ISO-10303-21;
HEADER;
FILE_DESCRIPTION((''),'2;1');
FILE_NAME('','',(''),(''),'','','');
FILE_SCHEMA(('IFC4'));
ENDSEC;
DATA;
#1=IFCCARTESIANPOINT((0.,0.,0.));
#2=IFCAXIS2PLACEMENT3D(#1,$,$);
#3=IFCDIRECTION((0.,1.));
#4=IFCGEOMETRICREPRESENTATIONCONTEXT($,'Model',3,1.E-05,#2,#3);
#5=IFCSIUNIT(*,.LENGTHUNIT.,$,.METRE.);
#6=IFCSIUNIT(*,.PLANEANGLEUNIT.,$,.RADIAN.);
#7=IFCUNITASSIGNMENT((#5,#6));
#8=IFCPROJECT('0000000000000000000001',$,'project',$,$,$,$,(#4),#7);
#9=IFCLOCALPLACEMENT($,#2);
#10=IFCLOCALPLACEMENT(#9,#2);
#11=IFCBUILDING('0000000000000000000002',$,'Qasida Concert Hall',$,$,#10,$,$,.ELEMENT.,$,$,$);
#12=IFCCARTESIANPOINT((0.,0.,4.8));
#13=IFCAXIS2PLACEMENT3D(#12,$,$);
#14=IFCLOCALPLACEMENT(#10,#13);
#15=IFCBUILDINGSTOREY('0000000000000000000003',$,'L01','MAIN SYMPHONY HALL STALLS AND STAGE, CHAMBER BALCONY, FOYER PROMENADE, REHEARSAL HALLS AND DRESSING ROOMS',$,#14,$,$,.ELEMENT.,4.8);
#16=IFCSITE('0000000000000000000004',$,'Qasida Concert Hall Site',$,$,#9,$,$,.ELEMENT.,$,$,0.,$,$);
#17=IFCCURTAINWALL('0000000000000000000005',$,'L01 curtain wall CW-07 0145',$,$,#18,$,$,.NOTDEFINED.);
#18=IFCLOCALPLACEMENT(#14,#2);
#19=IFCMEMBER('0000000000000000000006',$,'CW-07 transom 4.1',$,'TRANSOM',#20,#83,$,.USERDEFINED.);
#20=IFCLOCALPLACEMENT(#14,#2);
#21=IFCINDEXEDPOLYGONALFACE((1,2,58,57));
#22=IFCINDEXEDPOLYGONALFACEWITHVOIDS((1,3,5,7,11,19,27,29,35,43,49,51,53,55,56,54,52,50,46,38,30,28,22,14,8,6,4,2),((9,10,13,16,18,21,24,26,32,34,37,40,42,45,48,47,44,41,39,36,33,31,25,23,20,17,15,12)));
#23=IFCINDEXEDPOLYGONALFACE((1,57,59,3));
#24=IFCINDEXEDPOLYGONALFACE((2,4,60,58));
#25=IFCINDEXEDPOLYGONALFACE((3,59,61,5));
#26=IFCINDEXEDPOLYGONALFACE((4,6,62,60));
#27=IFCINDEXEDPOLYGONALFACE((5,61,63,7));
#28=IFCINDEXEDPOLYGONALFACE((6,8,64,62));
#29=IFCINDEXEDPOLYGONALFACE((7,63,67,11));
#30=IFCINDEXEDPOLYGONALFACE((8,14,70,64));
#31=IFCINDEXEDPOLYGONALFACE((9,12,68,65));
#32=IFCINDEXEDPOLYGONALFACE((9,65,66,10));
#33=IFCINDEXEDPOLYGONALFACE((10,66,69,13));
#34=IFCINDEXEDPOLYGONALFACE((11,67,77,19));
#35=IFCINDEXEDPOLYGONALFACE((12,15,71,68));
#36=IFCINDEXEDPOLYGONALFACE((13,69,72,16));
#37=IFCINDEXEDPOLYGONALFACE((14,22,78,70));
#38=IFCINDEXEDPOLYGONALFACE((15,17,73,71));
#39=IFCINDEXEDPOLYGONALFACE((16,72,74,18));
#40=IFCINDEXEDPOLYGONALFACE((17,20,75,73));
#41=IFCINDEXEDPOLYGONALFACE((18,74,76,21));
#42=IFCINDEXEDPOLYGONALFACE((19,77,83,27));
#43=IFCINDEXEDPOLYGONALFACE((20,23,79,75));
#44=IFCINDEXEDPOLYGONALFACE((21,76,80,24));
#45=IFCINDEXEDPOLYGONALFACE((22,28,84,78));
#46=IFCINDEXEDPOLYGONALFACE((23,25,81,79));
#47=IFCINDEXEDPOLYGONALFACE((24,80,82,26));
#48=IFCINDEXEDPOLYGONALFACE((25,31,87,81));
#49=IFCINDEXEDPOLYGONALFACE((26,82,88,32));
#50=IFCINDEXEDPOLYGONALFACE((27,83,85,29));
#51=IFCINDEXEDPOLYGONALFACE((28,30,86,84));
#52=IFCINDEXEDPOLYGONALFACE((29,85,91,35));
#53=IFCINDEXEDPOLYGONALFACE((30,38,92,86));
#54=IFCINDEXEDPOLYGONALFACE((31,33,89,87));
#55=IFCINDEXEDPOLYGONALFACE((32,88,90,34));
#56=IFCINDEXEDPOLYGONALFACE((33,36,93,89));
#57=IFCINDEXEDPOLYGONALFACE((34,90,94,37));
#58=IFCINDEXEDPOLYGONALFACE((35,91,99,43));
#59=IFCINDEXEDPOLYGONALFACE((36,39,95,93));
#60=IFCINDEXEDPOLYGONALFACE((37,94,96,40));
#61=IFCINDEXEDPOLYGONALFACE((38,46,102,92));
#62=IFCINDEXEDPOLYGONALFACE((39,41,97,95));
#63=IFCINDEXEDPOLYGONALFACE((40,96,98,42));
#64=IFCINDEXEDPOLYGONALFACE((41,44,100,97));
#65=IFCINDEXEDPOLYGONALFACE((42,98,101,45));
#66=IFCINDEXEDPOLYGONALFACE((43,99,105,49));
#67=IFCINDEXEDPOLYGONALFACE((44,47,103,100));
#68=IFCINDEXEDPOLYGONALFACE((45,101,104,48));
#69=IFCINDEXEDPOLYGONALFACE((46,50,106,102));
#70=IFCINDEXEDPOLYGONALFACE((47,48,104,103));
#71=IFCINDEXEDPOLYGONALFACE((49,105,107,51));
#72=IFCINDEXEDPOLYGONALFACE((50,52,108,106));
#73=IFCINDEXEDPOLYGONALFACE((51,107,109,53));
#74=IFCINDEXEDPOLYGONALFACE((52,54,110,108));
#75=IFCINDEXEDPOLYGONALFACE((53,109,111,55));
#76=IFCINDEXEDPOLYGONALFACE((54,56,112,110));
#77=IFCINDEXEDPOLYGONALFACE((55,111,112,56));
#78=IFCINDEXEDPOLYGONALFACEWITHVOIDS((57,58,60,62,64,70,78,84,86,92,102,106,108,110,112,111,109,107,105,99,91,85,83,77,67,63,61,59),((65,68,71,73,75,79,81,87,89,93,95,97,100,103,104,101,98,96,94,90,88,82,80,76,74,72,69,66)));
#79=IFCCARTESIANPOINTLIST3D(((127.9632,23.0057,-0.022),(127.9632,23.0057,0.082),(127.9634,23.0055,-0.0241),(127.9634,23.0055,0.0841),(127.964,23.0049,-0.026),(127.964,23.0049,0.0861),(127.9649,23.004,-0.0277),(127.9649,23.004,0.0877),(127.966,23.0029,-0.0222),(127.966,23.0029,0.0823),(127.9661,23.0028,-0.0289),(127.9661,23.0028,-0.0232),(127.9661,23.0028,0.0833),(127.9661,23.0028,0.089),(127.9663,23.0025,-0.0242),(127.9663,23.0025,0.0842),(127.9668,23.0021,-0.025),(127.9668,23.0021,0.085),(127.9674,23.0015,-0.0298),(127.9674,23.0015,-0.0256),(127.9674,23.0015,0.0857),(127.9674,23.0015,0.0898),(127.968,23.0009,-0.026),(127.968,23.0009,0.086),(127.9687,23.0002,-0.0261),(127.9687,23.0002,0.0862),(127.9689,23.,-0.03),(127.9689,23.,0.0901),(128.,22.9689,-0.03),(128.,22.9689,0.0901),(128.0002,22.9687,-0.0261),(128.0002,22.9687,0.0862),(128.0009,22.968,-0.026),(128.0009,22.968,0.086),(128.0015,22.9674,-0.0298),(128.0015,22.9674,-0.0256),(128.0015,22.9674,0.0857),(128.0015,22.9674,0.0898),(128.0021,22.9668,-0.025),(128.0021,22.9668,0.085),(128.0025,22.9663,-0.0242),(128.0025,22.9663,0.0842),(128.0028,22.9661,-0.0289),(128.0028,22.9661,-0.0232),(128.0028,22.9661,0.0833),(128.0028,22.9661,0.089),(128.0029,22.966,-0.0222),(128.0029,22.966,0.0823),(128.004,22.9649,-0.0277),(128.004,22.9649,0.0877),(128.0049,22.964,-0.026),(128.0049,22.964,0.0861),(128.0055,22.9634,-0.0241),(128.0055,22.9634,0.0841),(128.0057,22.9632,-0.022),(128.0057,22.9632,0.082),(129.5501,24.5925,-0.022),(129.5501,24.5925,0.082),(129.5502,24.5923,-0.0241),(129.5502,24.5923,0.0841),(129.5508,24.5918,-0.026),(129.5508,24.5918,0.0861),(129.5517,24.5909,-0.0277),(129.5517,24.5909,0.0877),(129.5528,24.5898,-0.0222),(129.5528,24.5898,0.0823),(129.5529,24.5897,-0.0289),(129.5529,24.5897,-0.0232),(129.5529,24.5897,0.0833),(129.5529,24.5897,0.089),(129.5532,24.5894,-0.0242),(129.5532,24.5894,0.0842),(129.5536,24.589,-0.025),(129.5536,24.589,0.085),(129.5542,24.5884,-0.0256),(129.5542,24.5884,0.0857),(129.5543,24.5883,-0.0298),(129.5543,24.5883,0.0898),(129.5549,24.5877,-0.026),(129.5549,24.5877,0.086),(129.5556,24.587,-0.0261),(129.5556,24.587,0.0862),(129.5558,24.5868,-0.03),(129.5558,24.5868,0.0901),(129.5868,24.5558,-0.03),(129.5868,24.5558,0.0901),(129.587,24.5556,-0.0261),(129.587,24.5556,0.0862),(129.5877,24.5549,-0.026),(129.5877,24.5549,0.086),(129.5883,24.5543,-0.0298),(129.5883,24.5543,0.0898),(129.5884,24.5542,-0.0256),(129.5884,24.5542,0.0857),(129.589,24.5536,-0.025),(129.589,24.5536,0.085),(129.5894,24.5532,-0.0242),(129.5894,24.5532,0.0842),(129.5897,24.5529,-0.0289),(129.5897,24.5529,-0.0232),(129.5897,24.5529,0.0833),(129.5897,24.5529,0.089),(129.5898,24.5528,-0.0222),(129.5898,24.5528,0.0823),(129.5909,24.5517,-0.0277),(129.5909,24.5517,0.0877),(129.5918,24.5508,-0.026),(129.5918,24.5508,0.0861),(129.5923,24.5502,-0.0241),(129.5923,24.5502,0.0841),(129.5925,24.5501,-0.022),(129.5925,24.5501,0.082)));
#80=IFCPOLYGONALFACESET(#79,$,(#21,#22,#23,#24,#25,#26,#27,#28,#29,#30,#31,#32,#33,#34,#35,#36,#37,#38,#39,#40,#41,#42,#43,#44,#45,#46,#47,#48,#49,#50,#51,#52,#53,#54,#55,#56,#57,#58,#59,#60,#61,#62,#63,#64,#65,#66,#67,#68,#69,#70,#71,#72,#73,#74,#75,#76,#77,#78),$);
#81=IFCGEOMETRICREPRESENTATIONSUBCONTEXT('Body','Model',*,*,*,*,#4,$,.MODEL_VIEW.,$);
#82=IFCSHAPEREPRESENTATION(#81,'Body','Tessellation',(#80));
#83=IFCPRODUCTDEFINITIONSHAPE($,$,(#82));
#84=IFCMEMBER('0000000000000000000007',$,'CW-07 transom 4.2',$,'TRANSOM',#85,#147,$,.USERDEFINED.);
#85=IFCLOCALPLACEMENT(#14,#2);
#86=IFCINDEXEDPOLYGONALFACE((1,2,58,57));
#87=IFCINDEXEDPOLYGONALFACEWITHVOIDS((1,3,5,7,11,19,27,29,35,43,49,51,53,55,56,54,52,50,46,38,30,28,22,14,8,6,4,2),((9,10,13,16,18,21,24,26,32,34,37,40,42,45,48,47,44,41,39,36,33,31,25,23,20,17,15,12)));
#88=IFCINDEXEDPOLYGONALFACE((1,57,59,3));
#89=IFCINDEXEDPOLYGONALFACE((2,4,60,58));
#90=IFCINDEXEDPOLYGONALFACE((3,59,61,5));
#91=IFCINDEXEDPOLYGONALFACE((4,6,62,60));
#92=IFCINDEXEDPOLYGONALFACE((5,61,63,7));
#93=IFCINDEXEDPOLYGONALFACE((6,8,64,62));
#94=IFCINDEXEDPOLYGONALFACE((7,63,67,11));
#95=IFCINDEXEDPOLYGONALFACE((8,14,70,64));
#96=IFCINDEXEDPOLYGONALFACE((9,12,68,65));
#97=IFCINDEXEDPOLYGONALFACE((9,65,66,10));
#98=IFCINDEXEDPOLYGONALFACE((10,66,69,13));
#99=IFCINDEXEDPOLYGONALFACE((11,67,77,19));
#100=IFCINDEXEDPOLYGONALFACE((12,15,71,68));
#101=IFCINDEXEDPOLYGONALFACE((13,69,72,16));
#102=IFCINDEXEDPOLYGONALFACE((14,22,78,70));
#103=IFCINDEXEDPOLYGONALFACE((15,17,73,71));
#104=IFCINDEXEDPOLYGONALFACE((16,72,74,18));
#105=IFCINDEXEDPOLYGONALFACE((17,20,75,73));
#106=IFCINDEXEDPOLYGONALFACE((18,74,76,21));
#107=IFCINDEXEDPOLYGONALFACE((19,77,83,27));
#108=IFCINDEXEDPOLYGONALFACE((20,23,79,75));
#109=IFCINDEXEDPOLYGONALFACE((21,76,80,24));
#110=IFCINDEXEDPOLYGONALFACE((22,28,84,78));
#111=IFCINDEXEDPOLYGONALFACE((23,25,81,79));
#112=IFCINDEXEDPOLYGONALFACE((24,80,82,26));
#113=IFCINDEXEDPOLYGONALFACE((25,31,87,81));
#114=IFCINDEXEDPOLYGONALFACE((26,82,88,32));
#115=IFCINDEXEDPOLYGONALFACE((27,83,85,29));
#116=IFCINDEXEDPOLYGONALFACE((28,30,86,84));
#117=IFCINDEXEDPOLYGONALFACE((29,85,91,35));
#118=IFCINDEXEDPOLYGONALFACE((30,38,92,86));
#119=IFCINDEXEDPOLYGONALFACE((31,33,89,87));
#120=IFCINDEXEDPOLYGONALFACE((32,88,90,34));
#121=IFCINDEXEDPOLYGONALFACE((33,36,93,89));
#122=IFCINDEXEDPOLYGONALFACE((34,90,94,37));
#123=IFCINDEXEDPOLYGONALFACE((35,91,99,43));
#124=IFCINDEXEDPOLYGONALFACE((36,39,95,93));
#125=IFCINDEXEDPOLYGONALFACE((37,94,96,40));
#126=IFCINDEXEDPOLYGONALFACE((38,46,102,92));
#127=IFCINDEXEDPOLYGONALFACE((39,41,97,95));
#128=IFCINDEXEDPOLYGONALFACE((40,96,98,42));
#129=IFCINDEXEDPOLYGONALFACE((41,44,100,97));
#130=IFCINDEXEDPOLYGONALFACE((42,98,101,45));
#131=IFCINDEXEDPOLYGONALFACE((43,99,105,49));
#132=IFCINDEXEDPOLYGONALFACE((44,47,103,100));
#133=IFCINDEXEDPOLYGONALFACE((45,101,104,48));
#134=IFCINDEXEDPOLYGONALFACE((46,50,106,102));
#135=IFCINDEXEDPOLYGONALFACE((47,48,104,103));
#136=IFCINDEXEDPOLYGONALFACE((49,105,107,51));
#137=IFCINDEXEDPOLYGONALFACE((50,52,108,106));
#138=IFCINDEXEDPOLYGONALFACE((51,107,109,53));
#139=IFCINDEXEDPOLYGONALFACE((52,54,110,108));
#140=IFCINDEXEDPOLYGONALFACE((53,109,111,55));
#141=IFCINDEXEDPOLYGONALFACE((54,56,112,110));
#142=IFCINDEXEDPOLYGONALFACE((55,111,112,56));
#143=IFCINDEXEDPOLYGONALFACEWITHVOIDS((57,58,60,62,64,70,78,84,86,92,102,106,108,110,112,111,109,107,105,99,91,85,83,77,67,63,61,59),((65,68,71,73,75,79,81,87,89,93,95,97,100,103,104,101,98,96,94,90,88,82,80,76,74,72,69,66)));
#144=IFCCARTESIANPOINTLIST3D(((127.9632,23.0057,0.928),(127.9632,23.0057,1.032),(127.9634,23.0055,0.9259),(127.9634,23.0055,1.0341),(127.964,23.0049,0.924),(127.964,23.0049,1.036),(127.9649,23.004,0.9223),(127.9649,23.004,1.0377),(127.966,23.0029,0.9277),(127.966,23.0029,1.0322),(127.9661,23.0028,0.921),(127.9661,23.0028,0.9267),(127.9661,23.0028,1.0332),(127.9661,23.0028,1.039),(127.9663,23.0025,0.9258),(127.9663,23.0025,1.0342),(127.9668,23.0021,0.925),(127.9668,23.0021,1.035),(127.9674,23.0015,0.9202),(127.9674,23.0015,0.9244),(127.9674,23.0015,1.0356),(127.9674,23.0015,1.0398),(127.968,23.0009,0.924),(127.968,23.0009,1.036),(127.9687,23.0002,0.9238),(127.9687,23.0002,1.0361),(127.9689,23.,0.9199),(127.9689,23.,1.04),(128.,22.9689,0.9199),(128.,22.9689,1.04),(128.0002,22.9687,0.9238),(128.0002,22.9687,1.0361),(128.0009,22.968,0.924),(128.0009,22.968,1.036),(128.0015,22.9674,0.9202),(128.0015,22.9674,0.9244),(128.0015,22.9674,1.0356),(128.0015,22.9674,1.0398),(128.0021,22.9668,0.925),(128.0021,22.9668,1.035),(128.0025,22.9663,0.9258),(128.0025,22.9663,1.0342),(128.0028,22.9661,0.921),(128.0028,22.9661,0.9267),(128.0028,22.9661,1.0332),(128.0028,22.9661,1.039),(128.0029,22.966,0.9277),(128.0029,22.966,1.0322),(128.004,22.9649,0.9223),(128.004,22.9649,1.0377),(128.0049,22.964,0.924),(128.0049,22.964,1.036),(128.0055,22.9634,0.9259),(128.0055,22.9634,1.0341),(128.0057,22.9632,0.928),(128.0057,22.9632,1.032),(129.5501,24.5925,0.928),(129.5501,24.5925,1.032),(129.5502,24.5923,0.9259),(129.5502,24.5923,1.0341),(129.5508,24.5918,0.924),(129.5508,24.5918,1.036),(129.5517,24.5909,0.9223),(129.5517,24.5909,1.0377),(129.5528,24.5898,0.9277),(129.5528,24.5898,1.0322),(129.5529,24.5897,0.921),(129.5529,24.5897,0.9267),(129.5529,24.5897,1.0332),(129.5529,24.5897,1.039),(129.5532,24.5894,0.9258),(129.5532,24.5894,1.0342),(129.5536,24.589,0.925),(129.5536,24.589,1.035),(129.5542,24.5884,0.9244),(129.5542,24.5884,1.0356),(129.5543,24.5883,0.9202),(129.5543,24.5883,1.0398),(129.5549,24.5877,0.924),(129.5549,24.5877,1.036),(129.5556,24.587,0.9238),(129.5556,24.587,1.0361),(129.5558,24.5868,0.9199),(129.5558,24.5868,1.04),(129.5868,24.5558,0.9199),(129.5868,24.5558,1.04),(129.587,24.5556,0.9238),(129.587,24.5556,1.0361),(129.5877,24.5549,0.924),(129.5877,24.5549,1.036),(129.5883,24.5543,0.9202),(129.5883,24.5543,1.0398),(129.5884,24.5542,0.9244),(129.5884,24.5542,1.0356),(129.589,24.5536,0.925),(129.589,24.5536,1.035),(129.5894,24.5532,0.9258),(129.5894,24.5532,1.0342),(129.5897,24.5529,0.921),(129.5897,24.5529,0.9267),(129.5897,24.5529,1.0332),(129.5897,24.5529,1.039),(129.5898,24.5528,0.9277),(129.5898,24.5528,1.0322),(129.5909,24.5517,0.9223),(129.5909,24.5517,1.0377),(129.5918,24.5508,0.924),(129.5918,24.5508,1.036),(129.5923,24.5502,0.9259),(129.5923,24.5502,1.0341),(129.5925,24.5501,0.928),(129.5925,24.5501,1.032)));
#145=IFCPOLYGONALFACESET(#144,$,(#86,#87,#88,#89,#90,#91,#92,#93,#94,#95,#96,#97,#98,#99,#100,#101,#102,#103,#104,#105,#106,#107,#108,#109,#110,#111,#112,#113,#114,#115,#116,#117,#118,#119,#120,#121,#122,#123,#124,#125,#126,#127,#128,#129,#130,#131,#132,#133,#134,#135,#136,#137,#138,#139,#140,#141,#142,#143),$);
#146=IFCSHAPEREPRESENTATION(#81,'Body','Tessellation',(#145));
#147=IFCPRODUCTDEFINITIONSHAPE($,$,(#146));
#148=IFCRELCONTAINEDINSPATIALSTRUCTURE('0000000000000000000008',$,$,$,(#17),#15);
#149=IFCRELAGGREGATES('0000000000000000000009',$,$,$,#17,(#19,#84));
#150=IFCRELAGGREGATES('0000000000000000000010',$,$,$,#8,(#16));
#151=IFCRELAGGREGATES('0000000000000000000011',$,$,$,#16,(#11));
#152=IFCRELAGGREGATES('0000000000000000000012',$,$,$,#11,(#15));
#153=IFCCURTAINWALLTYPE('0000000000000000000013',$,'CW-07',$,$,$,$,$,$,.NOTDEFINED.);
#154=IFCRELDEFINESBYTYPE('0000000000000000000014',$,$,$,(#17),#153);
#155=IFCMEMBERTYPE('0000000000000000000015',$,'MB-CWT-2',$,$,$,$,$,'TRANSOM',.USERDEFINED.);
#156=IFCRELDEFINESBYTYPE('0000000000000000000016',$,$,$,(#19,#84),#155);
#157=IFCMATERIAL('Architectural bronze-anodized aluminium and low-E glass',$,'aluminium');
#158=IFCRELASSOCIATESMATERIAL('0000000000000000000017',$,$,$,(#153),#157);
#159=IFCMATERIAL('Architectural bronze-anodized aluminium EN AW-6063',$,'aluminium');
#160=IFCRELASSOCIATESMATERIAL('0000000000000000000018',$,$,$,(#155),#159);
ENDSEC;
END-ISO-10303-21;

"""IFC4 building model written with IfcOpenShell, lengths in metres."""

from ifc_helpers import new_model, si_unit, direction, frame, origin, origin_2d, place, context, subcontext, project, spatial, hollow_rectangle, extrude, material, material_profile, profile_set, type_object, element, aggregate, save


model = new_model("IFC4")

# Units and contexts
model_context = context("Model", 3, precision=1e-05, world=origin(), true_north=direction((0.0, 1.0)))
body_context = subcontext(model_context, "Body", "Model", "MODEL_VIEW")
ifc_project = project(units=[si_unit("LENGTHUNIT", "METRE"), si_unit("PLANEANGLEUNIT", "RADIAN")], contexts=[model_context])

# Site, building, storey
site_placement = place(None, origin())
site = spatial("IfcSite", under=ifc_project, at=site_placement, Name="Qasida Concert Hall Site", CompositionType="ELEMENT", RefElevation=0.0)
building_placement = place(site_placement, origin())
building = spatial("IfcBuilding", under=site, at=building_placement, Name="Qasida Concert Hall", CompositionType="ELEMENT")
storey_placement = place(building_placement, frame((0.0, 0.0, 4.8)))
storey = spatial("IfcBuildingStorey", under=building, at=storey_placement, Name="L01", Description="MAIN SYMPHONY HALL STALLS AND STAGE, CHAMBER BALCONY, FOYER PROMENADE, REHEARSAL HALLS AND DRESSING ROOMS", CompositionType="ELEMENT", Elevation=4.8)

# Curtain wall, members
ifc_material_1 = material(Name="Architectural bronze-anodized aluminium and low-E glass", Category="aluminium")
curtain_wall_type = type_object("IfcCurtainWallType", Name="CW-07", PredefinedType="NOTDEFINED", material=ifc_material_1)
curtain_wall_placement = place(storey_placement, origin())
curtain_wall = element("IfcCurtainWall", 1, at=curtain_wall_placement, inside=storey, type_object=curtain_wall_type, Name="L01 curtain wall CW-07 0145", PredefinedType="NOTDEFINED")
ifc_material_2 = material(Name="Architectural bronze-anodized aluminium EN AW-6063", Category="aluminium")
ifc_material_profile_1 = material_profile(ifc_material_2, hollow_rectangle(XDim=0.0601, YDim=0.1201, WallThickness=0.0039, InnerFilletRadius=0.0039, OuterFilletRadius=0.0081, at=origin_2d()), Name="CWT 120x60x4")
ifc_profile_set_1 = profile_set([ifc_material_profile_1], Name="Architectural bronze-anodized aluminium EN AW-6063")
member_type_1 = type_object("IfcMemberType", Name="MB-CWT-2", ElementType="TRANSOM", PredefinedType="USERDEFINED", material=ifc_profile_set_1)
member_1_placement = place(storey_placement, frame((129.5713, 24.5713, 0.03), z_axis=(-0.707107, -0.707107, 0.0), x_axis=(0.707107, -0.707107, 0.0)))
member_1 = element("IfcMember", 2, at=member_1_placement, type_object=member_type_1, Name="CW-07 transom 4.1", ObjectType="TRANSOM", PredefinedType="USERDEFINED", context=body_context, shape_type="SweptSolid", body=[
    extrude(hollow_rectangle(XDim=0.0601, YDim=0.1201, WallThickness=0.0039, InnerFilletRadius=0.0039, OuterFilletRadius=0.0081, at=origin_2d()), origin(), (0.0, 0.0, 1.0), 2.2441),
])
member_2_placement = place(storey_placement, frame((129.5713, 24.5713, 0.98), z_axis=(-0.707107, -0.707107, 0.0), x_axis=(0.707107, -0.707107, 0.0)))
member_2 = element("IfcMember", 3, at=member_2_placement, type_object=member_type_1, Name="CW-07 transom 4.2", ObjectType="TRANSOM", PredefinedType="USERDEFINED", context=body_context, shape_type="SweptSolid", body=[
    extrude(hollow_rectangle(XDim=0.0601, YDim=0.1201, WallThickness=0.0039, InnerFilletRadius=0.0039, OuterFilletRadius=0.0081, at=origin_2d()), origin(), (0.0, 0.0, 1.0), 2.2441),
])
aggregate(curtain_wall, [member_1, member_2])

save(model, "model.ifc")
